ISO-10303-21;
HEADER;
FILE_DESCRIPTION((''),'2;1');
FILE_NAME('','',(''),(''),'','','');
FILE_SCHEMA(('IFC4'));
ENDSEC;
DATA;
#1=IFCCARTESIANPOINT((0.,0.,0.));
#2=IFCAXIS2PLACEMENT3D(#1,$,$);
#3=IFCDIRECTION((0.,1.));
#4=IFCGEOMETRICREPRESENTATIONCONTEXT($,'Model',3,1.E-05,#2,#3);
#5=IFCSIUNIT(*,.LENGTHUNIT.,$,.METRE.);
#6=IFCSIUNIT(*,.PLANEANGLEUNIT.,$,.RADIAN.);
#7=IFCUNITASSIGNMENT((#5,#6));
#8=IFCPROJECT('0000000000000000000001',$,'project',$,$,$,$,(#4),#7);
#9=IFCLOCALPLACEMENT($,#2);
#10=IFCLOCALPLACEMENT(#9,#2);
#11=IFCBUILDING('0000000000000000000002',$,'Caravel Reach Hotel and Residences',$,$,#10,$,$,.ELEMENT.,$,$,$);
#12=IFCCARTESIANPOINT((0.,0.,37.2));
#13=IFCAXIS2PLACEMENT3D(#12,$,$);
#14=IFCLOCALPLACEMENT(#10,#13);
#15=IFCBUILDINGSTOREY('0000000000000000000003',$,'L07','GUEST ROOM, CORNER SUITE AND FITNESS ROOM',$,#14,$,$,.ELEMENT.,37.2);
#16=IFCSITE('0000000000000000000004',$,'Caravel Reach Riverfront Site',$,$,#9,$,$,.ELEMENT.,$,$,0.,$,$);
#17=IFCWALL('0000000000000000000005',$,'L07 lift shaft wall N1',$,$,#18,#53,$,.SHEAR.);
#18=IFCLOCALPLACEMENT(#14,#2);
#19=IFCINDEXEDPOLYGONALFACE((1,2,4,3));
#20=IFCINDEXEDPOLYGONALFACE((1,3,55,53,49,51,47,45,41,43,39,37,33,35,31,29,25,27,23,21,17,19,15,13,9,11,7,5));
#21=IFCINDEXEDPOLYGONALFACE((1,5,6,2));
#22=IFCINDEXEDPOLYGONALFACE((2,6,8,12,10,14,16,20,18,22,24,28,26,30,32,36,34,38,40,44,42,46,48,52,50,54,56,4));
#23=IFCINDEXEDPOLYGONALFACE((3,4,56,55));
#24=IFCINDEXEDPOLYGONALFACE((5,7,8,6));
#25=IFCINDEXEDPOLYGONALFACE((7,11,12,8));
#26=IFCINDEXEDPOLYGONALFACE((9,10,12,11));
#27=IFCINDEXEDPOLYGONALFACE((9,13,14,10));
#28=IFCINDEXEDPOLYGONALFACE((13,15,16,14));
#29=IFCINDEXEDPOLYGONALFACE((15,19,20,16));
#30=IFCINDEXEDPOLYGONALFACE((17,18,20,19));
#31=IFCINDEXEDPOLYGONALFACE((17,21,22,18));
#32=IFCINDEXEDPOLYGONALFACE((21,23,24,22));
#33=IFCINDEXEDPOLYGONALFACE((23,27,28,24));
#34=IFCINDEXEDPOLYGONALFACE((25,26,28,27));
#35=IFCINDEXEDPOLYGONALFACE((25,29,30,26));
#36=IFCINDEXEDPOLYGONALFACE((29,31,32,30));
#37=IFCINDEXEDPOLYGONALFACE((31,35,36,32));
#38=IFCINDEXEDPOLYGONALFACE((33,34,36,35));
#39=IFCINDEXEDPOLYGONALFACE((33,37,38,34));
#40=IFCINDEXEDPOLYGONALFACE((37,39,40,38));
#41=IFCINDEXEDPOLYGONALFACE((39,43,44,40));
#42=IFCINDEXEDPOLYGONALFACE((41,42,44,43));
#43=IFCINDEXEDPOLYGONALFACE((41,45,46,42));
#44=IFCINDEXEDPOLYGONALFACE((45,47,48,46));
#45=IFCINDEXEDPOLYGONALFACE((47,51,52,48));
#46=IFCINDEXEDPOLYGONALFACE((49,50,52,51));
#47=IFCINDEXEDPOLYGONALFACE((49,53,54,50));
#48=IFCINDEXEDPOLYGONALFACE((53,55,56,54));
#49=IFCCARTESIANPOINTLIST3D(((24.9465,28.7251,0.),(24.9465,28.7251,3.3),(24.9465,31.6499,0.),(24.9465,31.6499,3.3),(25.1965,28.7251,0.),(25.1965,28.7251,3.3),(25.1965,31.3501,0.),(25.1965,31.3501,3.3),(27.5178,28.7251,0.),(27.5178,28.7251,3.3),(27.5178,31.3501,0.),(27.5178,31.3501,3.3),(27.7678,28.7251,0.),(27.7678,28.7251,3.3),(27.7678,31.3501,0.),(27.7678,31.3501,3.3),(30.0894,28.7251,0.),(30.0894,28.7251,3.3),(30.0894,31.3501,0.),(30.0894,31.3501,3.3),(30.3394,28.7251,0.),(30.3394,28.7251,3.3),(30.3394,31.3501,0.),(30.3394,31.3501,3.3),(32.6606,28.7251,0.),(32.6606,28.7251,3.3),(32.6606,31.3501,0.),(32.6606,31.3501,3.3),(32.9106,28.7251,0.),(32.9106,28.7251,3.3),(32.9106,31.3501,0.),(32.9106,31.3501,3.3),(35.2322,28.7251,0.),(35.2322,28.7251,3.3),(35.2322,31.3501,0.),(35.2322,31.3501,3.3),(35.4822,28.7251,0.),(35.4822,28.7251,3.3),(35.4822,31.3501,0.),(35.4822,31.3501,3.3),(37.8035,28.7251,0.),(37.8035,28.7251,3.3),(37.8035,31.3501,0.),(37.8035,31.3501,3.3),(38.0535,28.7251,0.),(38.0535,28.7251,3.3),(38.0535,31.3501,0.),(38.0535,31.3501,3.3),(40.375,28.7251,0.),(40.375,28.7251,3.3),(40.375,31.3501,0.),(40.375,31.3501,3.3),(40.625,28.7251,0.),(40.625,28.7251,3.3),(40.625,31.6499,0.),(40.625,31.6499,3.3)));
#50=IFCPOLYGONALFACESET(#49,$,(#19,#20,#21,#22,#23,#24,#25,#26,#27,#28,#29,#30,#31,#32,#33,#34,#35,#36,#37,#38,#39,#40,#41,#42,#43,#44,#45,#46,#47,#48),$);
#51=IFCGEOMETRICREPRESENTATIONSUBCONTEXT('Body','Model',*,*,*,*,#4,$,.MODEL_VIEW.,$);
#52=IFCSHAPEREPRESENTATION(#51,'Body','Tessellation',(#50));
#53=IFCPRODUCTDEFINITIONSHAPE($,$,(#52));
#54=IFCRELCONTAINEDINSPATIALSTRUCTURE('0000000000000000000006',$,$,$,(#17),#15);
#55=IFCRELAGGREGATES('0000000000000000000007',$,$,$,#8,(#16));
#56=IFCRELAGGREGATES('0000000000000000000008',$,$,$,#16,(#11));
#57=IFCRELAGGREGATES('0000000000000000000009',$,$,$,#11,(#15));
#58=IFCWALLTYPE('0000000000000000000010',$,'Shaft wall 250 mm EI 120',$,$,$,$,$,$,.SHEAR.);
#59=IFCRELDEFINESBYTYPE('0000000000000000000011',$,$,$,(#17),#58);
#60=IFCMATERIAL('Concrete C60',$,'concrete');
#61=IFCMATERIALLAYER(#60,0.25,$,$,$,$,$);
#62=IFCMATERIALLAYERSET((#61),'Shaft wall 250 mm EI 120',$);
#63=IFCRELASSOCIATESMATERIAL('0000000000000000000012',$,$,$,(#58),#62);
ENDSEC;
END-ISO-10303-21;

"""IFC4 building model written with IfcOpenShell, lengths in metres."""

from ifc_helpers import new_model, si_unit, direction, frame, origin, place, context, subcontext, project, spatial, polyline, outline, extrude, material, layer, layer_set, type_object, element, save


model = new_model("IFC4")

# Units and contexts
model_context = context("Model", 3, precision=1e-05, world=origin(), true_north=direction((0.0, 1.0)))
body_context = subcontext(model_context, "Body", "Model", "MODEL_VIEW")
ifc_project = project(units=[si_unit("LENGTHUNIT", "METRE"), si_unit("PLANEANGLEUNIT", "RADIAN")], contexts=[model_context])

# Site, building, storey
site_placement = place(None, origin())
site = spatial("IfcSite", under=ifc_project, at=site_placement, Name="Caravel Reach Riverfront Site", CompositionType="ELEMENT", RefElevation=0.0)
building_placement = place(site_placement, origin())
building = spatial("IfcBuilding", under=site, at=building_placement, Name="Caravel Reach Hotel and Residences", CompositionType="ELEMENT")
storey_placement = place(building_placement, frame((0.0, 0.0, 37.2)))
storey = spatial("IfcBuildingStorey", under=building, at=storey_placement, Name="L07", Description="GUEST ROOM, CORNER SUITE AND FITNESS ROOM", CompositionType="ELEMENT", Elevation=37.2)

# Wall
ifc_material_1 = material(Name="Concrete C60", Category="concrete")
ifc_layer_1 = layer(ifc_material_1, 0.25)
ifc_layer_set_1 = layer_set([ifc_layer_1], Name="Shaft wall 250 mm EI 120")
wall_type_1 = type_object("IfcWallType", Name="Shaft wall 250 mm EI 120", PredefinedType="SHEAR", material=ifc_layer_set_1)
wall_1_placement = place(storey_placement, origin())
element("IfcWall", 1, at=wall_1_placement, inside=storey, type_object=wall_type_1, Name="L07 lift shaft wall N1", PredefinedType="SHEAR", context=body_context, shape_type="SweptSolid", body=[
    extrude(outline(polyline([(24.9465, 28.7251), (25.1965, 28.7251), (25.1965, 31.3501), (27.5178, 31.3501), (27.5178, 28.7251), (27.7678, 28.7251), (27.7678, 31.3501), (30.0894, 31.3501), (30.0894, 28.7251), (30.3394, 28.7251), (30.3394, 31.3501), (32.6606, 31.3501), (32.6606, 28.7251), (32.9106, 28.7251), (32.9106, 31.3501), (35.2322, 31.3501), (35.2322, 28.7251), (35.4822, 28.7251), (35.4822, 31.3501), (37.8035, 31.3501), (37.8035, 28.7251), (38.0535, 28.7251), (38.0535, 31.3501), (40.375, 31.3501), (40.375, 28.7251), (40.625, 28.7251), (40.625, 31.6499), (24.9465, 31.6499), (24.9465, 28.7251)])), origin(), (0.0, 0.0, 1.0), 3.3),
])

save(model, "model.ifc")
